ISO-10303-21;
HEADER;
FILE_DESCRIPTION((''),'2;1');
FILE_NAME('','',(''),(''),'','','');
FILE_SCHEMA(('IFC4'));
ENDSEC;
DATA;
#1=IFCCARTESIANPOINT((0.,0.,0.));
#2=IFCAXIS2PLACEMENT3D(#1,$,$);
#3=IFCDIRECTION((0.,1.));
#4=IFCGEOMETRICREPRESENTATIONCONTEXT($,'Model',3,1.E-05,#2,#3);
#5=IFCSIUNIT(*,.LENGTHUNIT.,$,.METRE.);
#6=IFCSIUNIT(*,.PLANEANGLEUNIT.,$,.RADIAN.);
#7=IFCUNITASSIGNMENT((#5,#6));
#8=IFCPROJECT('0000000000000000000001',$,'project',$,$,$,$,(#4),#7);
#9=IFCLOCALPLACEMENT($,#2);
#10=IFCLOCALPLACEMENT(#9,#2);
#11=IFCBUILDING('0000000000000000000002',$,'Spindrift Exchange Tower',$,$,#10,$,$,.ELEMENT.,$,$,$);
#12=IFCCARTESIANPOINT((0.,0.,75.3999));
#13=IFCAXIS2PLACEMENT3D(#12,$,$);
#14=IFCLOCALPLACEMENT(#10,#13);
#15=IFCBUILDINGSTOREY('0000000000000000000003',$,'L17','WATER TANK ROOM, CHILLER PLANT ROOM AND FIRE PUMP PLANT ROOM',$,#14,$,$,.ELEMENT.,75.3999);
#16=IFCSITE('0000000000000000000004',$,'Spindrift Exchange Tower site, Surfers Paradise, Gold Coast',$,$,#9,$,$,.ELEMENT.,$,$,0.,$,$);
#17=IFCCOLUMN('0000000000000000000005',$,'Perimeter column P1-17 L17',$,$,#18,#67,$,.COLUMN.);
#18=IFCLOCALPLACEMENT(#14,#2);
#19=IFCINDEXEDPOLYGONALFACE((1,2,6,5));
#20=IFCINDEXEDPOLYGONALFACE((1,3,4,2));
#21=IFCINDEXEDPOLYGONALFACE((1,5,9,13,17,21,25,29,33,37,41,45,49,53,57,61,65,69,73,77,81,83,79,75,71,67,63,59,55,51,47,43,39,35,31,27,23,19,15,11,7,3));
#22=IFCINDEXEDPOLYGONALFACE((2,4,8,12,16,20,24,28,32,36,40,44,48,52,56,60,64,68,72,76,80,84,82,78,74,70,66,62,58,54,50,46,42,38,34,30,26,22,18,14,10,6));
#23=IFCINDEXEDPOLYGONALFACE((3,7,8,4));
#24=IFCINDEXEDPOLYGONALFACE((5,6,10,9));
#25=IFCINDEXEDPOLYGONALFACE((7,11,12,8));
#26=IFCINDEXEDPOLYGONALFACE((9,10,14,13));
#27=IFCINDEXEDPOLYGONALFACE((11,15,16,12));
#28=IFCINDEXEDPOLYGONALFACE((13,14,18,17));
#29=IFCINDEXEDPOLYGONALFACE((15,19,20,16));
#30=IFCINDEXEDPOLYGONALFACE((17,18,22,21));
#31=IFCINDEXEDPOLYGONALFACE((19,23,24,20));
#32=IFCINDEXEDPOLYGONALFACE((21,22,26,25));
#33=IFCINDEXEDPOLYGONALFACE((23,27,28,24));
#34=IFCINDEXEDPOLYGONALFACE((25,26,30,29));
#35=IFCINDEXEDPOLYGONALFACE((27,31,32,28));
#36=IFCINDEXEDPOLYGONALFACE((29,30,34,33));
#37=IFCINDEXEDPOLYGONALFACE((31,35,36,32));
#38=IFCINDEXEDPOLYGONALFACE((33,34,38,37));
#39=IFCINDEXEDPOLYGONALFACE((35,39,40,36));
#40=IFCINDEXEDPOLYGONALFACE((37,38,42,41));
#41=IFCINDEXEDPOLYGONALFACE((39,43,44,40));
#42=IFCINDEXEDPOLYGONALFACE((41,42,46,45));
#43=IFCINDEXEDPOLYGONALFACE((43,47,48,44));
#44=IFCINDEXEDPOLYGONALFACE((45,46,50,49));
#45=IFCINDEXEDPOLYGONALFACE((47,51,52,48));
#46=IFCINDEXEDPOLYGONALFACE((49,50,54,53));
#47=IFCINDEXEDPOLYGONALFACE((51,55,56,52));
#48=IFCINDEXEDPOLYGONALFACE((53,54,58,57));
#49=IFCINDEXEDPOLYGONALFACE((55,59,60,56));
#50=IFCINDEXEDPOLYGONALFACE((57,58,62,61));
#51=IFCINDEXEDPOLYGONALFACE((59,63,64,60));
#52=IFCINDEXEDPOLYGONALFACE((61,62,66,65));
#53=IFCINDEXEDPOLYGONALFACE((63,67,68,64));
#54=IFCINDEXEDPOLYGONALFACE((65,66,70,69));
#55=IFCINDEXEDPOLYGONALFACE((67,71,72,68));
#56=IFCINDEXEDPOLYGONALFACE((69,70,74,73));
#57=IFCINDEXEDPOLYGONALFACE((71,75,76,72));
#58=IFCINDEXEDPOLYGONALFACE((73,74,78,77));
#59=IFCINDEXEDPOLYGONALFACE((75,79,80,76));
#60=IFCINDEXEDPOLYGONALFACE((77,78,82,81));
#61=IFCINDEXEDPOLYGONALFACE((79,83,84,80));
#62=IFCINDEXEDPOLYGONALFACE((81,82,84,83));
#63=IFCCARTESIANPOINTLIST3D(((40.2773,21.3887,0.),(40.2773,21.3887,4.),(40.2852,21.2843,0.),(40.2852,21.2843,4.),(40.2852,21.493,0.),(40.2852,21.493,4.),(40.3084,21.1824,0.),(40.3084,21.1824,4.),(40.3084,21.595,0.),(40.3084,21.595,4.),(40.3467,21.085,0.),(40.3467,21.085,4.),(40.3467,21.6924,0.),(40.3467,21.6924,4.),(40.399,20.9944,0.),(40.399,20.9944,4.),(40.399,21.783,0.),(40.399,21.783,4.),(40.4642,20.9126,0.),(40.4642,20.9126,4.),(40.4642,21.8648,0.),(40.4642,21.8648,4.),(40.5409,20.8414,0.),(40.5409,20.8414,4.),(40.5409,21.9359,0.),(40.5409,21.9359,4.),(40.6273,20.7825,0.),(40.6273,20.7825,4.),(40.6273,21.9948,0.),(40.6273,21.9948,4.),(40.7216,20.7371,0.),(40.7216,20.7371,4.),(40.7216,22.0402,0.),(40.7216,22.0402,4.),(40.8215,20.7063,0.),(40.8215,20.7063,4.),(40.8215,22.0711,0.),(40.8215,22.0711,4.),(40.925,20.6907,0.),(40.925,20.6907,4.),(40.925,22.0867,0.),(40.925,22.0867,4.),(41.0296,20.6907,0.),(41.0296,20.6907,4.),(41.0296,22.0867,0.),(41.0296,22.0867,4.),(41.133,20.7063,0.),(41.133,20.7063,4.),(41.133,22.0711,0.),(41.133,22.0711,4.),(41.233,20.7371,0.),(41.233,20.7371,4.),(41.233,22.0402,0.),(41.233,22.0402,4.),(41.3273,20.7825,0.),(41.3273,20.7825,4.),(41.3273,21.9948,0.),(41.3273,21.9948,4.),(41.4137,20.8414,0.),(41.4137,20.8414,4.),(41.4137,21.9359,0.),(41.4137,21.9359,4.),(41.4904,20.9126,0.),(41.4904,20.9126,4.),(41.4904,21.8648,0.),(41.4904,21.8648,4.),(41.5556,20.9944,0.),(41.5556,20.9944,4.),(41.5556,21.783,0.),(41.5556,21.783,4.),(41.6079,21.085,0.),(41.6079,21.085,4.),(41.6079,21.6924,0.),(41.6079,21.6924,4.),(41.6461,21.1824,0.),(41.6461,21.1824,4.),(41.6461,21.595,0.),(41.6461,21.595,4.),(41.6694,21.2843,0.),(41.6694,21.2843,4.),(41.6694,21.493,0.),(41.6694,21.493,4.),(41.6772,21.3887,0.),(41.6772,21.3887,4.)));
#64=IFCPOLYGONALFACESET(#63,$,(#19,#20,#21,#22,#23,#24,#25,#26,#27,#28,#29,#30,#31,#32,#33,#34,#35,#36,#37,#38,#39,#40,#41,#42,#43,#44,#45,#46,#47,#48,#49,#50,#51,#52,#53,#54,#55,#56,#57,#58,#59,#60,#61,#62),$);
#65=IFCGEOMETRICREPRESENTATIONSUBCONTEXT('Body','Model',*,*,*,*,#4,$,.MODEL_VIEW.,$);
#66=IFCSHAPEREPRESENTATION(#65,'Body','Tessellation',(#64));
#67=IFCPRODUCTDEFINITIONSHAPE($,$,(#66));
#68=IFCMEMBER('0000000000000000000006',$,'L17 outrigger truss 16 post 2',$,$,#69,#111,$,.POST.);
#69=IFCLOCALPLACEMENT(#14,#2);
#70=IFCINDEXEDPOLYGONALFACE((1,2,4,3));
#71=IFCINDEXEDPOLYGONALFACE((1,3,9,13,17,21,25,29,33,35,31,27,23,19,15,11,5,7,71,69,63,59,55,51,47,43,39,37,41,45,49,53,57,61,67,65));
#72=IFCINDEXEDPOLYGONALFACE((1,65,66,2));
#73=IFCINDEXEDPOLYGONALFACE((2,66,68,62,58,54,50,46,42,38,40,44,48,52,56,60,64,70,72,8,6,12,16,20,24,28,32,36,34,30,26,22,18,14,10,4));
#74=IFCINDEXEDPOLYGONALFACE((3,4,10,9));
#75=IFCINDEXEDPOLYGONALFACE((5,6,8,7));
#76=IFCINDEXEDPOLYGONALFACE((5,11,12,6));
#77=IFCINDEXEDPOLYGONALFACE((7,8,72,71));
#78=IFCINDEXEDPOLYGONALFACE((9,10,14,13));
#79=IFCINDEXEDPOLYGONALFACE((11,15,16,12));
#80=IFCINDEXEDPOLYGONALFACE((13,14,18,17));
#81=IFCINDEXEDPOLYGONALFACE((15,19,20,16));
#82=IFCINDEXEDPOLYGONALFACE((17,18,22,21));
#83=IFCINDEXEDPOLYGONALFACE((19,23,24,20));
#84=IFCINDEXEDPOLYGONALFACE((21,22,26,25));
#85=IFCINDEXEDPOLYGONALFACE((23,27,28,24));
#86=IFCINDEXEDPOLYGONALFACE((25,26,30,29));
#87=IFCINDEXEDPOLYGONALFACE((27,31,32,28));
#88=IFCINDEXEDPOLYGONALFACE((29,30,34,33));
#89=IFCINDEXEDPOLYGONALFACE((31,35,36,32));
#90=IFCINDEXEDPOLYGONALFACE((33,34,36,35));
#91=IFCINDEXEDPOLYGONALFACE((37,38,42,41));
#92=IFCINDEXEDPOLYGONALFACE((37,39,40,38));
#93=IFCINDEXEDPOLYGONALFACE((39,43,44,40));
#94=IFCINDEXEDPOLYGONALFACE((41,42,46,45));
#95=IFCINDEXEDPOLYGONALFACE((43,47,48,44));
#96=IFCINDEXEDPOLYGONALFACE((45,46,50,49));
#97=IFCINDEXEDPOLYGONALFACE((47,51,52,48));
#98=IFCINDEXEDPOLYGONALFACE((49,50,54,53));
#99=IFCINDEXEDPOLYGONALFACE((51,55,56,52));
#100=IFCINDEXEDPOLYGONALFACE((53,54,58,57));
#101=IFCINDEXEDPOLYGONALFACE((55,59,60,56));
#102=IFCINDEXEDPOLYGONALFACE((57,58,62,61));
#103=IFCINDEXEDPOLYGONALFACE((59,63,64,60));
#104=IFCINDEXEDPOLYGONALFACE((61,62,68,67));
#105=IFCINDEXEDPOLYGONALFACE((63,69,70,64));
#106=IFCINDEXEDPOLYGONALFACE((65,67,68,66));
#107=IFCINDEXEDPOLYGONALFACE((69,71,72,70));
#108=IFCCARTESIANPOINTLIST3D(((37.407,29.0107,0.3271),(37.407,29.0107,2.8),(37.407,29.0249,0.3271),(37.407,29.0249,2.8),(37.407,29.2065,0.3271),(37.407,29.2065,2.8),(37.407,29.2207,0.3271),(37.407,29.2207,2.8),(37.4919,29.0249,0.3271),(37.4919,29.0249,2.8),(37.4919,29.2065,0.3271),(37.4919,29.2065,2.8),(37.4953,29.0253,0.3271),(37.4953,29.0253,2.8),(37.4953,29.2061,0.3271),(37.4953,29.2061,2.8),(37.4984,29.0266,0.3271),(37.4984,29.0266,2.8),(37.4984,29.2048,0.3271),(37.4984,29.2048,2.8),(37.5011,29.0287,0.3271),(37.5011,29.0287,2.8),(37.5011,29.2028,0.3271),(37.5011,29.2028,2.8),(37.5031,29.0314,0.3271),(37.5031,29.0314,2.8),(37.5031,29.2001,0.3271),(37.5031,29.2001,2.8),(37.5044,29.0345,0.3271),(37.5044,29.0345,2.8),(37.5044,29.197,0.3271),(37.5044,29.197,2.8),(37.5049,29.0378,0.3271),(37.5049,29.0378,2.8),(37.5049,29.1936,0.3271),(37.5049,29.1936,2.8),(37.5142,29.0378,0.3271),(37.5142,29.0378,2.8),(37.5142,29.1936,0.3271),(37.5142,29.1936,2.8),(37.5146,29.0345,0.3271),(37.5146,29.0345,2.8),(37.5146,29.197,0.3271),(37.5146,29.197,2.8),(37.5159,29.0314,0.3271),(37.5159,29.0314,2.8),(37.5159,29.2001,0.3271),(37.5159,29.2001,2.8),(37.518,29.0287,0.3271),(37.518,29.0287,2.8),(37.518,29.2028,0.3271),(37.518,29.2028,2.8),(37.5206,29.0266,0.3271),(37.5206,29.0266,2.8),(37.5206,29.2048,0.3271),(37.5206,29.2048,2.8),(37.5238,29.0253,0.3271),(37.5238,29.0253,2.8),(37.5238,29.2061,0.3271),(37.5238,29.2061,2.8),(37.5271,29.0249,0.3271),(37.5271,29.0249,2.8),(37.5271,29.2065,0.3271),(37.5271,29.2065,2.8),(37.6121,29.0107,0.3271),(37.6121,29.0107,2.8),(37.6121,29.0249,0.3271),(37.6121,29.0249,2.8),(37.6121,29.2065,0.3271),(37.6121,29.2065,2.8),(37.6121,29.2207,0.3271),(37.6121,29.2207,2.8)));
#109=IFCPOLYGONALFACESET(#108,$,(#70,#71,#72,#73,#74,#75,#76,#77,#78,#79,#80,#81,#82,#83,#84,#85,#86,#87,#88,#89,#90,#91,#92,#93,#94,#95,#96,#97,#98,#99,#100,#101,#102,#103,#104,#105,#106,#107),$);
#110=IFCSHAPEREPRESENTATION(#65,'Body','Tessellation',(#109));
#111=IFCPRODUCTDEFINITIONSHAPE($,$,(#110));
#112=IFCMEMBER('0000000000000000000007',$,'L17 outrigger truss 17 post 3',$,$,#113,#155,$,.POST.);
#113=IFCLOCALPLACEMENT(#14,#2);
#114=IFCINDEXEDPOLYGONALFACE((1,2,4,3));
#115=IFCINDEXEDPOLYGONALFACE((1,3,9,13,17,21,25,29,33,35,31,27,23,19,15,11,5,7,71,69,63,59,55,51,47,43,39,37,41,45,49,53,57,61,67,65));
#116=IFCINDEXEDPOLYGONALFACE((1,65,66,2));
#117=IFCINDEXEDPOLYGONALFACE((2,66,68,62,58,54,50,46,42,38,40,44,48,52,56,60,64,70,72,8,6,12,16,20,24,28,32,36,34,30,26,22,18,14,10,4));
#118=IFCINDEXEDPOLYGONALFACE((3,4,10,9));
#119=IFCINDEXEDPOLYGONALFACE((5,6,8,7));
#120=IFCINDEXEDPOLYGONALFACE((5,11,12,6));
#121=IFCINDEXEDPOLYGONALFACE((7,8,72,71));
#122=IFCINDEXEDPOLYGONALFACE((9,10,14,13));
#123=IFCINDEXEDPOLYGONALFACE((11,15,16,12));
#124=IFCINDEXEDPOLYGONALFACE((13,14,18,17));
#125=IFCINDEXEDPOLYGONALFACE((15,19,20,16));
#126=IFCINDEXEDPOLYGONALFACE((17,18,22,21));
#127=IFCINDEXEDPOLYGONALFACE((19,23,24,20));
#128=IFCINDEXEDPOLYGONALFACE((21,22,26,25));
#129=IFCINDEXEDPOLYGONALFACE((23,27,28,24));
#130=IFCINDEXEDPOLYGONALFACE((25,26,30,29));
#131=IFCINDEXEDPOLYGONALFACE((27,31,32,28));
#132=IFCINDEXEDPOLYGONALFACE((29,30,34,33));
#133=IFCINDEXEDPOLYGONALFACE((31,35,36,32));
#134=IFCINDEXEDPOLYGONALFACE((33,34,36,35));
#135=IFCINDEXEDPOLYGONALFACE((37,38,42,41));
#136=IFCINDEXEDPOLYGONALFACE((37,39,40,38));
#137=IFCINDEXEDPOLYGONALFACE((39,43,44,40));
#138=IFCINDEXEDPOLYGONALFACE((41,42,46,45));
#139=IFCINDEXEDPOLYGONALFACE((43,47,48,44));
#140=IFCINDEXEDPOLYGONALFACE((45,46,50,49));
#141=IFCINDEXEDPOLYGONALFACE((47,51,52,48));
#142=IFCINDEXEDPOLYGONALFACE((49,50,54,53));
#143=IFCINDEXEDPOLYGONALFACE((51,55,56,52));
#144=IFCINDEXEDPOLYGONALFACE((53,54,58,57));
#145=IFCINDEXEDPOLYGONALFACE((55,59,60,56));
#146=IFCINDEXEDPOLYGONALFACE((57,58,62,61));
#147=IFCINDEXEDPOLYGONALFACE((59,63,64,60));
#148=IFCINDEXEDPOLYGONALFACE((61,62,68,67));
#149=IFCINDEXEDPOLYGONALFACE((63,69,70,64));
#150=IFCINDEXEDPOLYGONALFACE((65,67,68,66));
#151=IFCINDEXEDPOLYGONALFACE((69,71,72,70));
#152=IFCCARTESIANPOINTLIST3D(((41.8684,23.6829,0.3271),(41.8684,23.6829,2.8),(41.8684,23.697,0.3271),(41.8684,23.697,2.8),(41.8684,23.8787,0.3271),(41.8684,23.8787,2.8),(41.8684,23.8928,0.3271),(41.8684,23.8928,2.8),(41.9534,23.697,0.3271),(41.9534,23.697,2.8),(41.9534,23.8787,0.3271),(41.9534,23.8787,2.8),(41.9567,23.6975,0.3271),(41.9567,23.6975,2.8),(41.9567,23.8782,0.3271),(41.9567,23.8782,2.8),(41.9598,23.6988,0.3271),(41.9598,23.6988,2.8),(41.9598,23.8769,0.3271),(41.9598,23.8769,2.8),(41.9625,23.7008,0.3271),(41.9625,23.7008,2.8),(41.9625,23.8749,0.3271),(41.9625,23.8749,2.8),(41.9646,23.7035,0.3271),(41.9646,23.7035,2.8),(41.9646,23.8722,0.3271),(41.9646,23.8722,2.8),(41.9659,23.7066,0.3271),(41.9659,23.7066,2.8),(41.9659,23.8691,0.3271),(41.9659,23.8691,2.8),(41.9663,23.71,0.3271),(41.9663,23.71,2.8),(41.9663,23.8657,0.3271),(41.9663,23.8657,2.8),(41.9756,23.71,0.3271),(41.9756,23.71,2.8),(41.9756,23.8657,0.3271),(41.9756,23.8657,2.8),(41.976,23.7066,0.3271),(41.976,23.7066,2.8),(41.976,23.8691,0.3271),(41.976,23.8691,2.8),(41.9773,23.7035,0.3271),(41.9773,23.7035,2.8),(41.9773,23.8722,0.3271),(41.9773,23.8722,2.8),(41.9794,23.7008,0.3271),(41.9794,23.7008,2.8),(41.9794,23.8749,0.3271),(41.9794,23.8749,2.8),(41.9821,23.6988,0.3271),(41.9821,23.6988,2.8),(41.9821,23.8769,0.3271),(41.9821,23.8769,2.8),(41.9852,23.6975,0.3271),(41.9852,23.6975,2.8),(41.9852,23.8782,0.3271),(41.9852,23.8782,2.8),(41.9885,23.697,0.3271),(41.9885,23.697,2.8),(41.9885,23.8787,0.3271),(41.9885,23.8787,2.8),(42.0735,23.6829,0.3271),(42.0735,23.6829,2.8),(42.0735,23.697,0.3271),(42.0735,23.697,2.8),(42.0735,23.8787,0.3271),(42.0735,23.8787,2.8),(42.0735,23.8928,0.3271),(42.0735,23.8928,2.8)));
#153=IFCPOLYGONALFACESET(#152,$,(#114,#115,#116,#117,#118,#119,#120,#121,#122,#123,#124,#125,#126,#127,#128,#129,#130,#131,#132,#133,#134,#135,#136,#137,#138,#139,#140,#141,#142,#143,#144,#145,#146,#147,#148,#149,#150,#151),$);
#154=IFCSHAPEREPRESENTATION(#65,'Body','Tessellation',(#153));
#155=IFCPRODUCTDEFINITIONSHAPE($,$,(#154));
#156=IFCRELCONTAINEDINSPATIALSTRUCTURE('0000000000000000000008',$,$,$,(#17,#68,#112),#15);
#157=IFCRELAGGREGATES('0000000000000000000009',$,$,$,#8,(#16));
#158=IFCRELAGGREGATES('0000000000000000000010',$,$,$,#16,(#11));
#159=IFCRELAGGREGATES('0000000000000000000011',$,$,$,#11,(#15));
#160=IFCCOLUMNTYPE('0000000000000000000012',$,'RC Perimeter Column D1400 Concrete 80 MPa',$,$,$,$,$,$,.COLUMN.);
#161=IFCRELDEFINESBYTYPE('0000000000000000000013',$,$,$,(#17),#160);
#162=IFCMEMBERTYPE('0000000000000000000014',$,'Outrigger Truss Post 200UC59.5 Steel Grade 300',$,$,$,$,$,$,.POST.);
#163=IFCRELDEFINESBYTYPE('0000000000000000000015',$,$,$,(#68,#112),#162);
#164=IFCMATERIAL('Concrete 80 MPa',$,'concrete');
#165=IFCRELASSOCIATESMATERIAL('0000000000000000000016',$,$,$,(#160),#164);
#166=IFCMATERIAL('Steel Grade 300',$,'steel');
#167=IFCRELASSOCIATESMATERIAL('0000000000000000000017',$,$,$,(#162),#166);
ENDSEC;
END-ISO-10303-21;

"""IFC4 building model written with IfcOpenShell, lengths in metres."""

from ifc_helpers import new_model, si_unit, direction, frame, origin, origin_2d, place, context, subcontext, project, spatial, circle, i_section, extrude, source, transform, mapped, material, material_profile, profile_set, type_object, element, save


model = new_model("IFC4")

# Units and contexts
model_context = context("Model", 3, precision=1e-05, world=origin(), true_north=direction((0.0, 1.0)))
body_context = subcontext(model_context, "Body", "Model", "MODEL_VIEW")
ifc_project = project(units=[si_unit("LENGTHUNIT", "METRE"), si_unit("PLANEANGLEUNIT", "RADIAN")], contexts=[model_context])

# Site, building, storey
site_placement = place(None, origin())
site = spatial("IfcSite", under=ifc_project, at=site_placement, Name="Spindrift Exchange Tower site, Surfers Paradise, Gold Coast", CompositionType="ELEMENT", RefElevation=0.0)
building_placement = place(site_placement, origin())
building = spatial("IfcBuilding", under=site, at=building_placement, Name="Spindrift Exchange Tower", CompositionType="ELEMENT")
storey_placement = place(building_placement, frame((0.0, 0.0, 75.3999)))
storey = spatial("IfcBuildingStorey", under=building, at=storey_placement, Name="L17", Description="WATER TANK ROOM, CHILLER PLANT ROOM AND FIRE PUMP PLANT ROOM", CompositionType="ELEMENT", Elevation=75.3999)

# Column
ifc_material_1 = material(Name="Concrete 80 MPa", Category="concrete")
ifc_material_profile_1 = material_profile(ifc_material_1, circle(Radius=0.7, at=origin_2d()), Name="RC D1400")
ifc_profile_set_1 = profile_set([ifc_material_profile_1], Name="Concrete 80 MPa")
column_type = type_object("IfcColumnType", Name="RC Perimeter Column D1400 Concrete 80 MPa", PredefinedType="COLUMN", material=ifc_profile_set_1)
shared_shape_1 = source(origin(), body_context, "Body", "SweptSolid", [
    extrude(circle(Radius=0.7, at=origin_2d()), origin(), (0.0, 0.0, 1.0), 4.0),
])
column_placement = place(storey_placement, frame((40.9773, 21.3887, 0.0), z_axis=(0.0, 0.0, 1.0), x_axis=(1.0, 0.0, 0.0)))
element("IfcColumn", 1, at=column_placement, inside=storey, type_object=column_type, Name="Perimeter column P1-17 L17", PredefinedType="COLUMN", context=body_context, shape_type="MappedRepresentation", body=[
    mapped(shared_shape_1, transform((0.0, 0.0, 0.0), scale=1.0)),
])

# Members
ifc_material_2 = material(Name="Steel Grade 300", Category="steel")
ifc_material_profile_2 = material_profile(ifc_material_2, i_section(OverallWidth=0.2051, OverallDepth=0.21, WebThickness=0.0093, FlangeThickness=0.0142, FilletRadius=0.0129, at=origin_2d()), Name="200UC59.5")
ifc_profile_set_2 = profile_set([ifc_material_profile_2], Name="Steel Grade 300")
member_type_1 = type_object("IfcMemberType", Name="Outrigger Truss Post 200UC59.5 Steel Grade 300", PredefinedType="POST", material=ifc_profile_set_2)
shared_shape_2 = source(origin(), body_context, "Body", "SweptSolid", [
    extrude(i_section(OverallWidth=0.2051, OverallDepth=0.21, WebThickness=0.0093, FlangeThickness=0.0142, FilletRadius=0.0129, at=origin_2d()), origin(), (0.0, 0.0, 1.0), 2.4729),
])
for number, where, z_axis, x_axis, name in (
    (2, (37.5095, 29.1157, 0.3271), (0.0, 0.0, 1.0), (1.0, 0.0, 0.0), "L17 outrigger truss 16 post 2"),
    (3, (41.9709, 23.7878, 0.3271), (0.0, 0.0, 1.0), (1.0, 0.0, 0.0), "L17 outrigger truss 17 post 3"),
):
    element("IfcMember", number, at=place(storey_placement, frame(where, z_axis=z_axis, x_axis=x_axis)), inside=storey, type_object=member_type_1, Name=name, PredefinedType="POST", context=body_context, shape_type="MappedRepresentation", body=[
        mapped(shared_shape_2, transform((0.0, 0.0, 0.0), scale=1.0)),
    ])

save(model, "model.ifc")
